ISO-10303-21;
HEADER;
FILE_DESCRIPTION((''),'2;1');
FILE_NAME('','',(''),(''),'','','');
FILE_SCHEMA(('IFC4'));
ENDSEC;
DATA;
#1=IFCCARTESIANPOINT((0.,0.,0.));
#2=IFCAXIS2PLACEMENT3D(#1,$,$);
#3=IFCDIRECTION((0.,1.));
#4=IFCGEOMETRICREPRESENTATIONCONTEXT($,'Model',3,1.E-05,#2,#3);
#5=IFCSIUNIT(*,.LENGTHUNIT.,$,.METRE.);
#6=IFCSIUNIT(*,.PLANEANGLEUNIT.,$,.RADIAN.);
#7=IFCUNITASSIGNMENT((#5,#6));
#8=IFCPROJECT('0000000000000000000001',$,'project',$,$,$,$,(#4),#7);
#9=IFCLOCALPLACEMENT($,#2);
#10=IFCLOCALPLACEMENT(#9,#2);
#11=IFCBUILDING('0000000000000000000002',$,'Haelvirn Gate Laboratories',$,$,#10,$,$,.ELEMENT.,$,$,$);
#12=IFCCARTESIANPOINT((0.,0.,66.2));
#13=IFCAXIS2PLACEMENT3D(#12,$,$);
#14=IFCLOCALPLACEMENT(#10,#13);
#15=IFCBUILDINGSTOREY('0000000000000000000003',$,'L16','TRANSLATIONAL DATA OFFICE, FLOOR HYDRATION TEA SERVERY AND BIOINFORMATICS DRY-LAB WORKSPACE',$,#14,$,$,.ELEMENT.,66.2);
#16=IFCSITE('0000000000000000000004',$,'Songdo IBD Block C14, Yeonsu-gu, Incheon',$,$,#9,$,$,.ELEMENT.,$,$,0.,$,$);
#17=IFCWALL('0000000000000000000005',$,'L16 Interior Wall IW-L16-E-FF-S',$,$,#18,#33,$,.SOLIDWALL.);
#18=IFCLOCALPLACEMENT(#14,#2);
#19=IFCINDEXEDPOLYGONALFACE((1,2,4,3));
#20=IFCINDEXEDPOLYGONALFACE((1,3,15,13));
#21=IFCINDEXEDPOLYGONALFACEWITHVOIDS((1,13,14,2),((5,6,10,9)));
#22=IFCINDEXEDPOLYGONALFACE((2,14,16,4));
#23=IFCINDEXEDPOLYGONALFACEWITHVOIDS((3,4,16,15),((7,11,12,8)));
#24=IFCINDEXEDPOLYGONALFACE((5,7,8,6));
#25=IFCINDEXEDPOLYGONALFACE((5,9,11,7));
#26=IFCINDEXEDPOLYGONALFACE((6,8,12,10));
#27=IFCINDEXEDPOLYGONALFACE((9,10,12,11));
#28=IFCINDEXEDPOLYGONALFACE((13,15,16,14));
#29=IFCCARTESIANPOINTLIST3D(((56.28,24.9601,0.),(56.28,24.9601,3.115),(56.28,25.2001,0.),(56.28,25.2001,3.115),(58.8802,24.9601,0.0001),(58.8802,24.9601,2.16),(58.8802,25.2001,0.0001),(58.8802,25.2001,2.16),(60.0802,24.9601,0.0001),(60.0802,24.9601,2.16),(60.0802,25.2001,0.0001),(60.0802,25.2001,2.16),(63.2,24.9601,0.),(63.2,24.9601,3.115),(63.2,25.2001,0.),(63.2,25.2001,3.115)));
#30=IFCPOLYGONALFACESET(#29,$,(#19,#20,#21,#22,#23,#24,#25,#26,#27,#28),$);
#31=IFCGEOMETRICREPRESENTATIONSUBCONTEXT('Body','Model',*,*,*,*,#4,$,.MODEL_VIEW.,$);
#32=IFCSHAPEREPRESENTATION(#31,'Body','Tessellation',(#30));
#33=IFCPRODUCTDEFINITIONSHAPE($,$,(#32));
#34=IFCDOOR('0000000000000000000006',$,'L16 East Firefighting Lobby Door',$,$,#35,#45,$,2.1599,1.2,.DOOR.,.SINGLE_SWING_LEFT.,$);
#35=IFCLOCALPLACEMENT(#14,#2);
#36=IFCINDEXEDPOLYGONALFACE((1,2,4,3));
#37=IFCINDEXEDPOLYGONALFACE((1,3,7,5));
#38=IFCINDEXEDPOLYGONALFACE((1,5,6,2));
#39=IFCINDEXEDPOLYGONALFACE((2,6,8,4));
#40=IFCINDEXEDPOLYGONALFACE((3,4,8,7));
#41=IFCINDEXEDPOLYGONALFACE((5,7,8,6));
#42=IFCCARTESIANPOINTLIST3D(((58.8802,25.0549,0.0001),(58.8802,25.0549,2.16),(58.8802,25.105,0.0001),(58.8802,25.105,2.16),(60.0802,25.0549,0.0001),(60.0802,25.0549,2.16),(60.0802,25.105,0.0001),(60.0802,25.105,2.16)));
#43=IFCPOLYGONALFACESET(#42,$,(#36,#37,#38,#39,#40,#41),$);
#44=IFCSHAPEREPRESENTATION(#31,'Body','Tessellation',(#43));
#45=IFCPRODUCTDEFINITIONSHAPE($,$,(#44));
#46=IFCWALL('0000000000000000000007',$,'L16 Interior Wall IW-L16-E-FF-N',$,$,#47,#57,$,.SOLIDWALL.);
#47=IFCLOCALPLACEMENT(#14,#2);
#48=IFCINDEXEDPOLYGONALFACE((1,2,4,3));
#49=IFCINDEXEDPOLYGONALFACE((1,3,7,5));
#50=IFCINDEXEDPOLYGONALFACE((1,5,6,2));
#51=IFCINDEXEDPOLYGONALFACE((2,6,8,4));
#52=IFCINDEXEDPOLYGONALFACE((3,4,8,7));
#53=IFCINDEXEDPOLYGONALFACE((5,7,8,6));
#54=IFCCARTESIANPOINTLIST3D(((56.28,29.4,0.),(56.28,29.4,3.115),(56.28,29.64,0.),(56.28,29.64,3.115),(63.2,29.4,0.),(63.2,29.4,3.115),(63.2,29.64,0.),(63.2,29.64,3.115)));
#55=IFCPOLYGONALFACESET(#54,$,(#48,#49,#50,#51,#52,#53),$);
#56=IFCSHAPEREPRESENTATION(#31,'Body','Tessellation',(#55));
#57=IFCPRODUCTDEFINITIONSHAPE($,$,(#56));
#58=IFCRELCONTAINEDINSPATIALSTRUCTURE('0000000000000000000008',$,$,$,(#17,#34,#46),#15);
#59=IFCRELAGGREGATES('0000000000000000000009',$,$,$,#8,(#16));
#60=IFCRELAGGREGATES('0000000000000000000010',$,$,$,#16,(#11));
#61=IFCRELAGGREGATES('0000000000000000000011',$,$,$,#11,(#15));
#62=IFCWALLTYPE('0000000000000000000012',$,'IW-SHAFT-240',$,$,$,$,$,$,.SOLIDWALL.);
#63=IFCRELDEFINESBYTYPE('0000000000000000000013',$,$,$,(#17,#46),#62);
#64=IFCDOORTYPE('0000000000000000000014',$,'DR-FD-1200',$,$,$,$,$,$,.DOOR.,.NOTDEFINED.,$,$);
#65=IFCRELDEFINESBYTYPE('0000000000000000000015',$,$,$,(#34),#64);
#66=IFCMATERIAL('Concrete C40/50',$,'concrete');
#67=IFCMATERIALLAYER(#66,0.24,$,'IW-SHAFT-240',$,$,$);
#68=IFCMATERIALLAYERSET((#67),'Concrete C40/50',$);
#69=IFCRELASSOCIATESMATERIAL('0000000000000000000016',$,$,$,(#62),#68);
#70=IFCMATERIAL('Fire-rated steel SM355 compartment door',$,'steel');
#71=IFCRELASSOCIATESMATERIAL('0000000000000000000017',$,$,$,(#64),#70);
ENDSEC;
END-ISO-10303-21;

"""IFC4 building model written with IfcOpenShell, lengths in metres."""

from ifc_helpers import new_model, si_unit, direction, frame, frame_2d, origin, place, context, subcontext, project, spatial, rectangle, extrude, source, transform, mapped, material, layer, layer_set, type_object, type_shapes, element, fill, save


model = new_model("IFC4")

# Units and contexts
model_context = context("Model", 3, precision=1e-05, world=origin(), true_north=direction((0.0, 1.0)))
body_context = subcontext(model_context, "Body", "Model", "MODEL_VIEW")
ifc_project = project(units=[si_unit("LENGTHUNIT", "METRE"), si_unit("PLANEANGLEUNIT", "RADIAN")], contexts=[model_context])

# Site, building, storey
site_placement = place(None, origin())
site = spatial("IfcSite", under=ifc_project, at=site_placement, Name="Songdo IBD Block C14, Yeonsu-gu, Incheon", CompositionType="ELEMENT", RefElevation=0.0)
building_placement = place(site_placement, origin())
building = spatial("IfcBuilding", under=site, at=building_placement, Name="Haelvirn Gate Laboratories", CompositionType="ELEMENT")
storey_placement = place(building_placement, frame((0.0, 0.0, 66.2)))
storey = spatial("IfcBuildingStorey", under=building, at=storey_placement, Name="L16", Description="TRANSLATIONAL DATA OFFICE, FLOOR HYDRATION TEA SERVERY AND BIOINFORMATICS DRY-LAB WORKSPACE", CompositionType="ELEMENT", Elevation=66.2)

# Shared definitions
ifc_material_1 = material(Name="Concrete C40/50", Category="concrete")

# Wall, opening, door
ifc_layer_1 = layer(ifc_material_1, 0.24, Name="IW-SHAFT-240")
ifc_layer_set_1 = layer_set([ifc_layer_1], Name="Concrete C40/50")
wall_type_1 = type_object("IfcWallType", Name="IW-SHAFT-240", PredefinedType="SOLIDWALL", material=ifc_layer_set_1)
wall_1_placement = place(storey_placement, frame((56.28, 25.0801, 0.0), z_axis=(0.0, 0.0, 1.0), x_axis=(1.0, 0.0, 0.0)))
wall_1 = element("IfcWall", 1, at=wall_1_placement, inside=storey, type_object=wall_type_1, Name="L16 Interior Wall IW-L16-E-FF-S", PredefinedType="SOLIDWALL", context=body_context, shape_type="SweptSolid", body=[
    extrude(rectangle(XDim=6.9199, YDim=0.24, at=frame_2d((3.46, 0.0))), origin(), (0.0, 0.0, 1.0), 3.115),
])
opening_placement = place(wall_1_placement, frame((2.6001, 0.0, 0.0)))
opening = element("IfcOpeningElement", 2, at=opening_placement, cuts=wall_1, PredefinedType="OPENING", context=body_context, shape_type="SweptSolid", body=[
    extrude(rectangle(XDim=1.2, YDim=2.1599, at=frame_2d((0.6001, 1.0801))), frame((0.0, 0.1299, 0.0), z_axis=(0.0, -1.0, 0.0), x_axis=(1.0, 0.0, 0.0)), (0.0, 0.0, 1.0), 0.26),
])
ifc_material_2 = material(Name="Fire-rated steel SM355 compartment door", Category="steel")
door_type = type_object("IfcDoorType", Name="DR-FD-1200", OperationType="NOTDEFINED", PredefinedType="DOOR", material=ifc_material_2)
shared_shape_1 = source(origin(), body_context, "Body", "SweptSolid", [
    extrude(rectangle(XDim=1.2, YDim=2.1599, at=frame_2d((0.6001, 1.0801))), frame((0.0, 0.0249, 0.0), z_axis=(0.0, -1.0, 0.0), x_axis=(1.0, 0.0, 0.0)), (0.0, 0.0, 1.0), 0.05),
])
type_shapes(door_type, [shared_shape_1])
door_placement = place(opening_placement, origin())
door = element("IfcDoor", 3, at=door_placement, inside=storey, type_object=door_type, Name="L16 East Firefighting Lobby Door", OperationType="SINGLE_SWING_LEFT", OverallHeight=2.1599, OverallWidth=1.2, PredefinedType="DOOR", context=body_context, shape_type="MappedRepresentation", body=[
    mapped(shared_shape_1, transform((0.0, 0.0, 0.0), scale=1.0)),
])
fill(opening, door)

# Wall
wall_2_placement = place(storey_placement, frame((56.28, 29.52, 0.0), z_axis=(0.0, 0.0, 1.0), x_axis=(1.0, 0.0, 0.0)))
element("IfcWall", 4, at=wall_2_placement, inside=storey, type_object=wall_type_1, Name="L16 Interior Wall IW-L16-E-FF-N", PredefinedType="SOLIDWALL", context=body_context, shape_type="SweptSolid", body=[
    extrude(rectangle(XDim=6.9199, YDim=0.24, at=frame_2d((3.46, 0.0))), origin(), (0.0, 0.0, 1.0), 3.115),
])

save(model, "model.ifc")
